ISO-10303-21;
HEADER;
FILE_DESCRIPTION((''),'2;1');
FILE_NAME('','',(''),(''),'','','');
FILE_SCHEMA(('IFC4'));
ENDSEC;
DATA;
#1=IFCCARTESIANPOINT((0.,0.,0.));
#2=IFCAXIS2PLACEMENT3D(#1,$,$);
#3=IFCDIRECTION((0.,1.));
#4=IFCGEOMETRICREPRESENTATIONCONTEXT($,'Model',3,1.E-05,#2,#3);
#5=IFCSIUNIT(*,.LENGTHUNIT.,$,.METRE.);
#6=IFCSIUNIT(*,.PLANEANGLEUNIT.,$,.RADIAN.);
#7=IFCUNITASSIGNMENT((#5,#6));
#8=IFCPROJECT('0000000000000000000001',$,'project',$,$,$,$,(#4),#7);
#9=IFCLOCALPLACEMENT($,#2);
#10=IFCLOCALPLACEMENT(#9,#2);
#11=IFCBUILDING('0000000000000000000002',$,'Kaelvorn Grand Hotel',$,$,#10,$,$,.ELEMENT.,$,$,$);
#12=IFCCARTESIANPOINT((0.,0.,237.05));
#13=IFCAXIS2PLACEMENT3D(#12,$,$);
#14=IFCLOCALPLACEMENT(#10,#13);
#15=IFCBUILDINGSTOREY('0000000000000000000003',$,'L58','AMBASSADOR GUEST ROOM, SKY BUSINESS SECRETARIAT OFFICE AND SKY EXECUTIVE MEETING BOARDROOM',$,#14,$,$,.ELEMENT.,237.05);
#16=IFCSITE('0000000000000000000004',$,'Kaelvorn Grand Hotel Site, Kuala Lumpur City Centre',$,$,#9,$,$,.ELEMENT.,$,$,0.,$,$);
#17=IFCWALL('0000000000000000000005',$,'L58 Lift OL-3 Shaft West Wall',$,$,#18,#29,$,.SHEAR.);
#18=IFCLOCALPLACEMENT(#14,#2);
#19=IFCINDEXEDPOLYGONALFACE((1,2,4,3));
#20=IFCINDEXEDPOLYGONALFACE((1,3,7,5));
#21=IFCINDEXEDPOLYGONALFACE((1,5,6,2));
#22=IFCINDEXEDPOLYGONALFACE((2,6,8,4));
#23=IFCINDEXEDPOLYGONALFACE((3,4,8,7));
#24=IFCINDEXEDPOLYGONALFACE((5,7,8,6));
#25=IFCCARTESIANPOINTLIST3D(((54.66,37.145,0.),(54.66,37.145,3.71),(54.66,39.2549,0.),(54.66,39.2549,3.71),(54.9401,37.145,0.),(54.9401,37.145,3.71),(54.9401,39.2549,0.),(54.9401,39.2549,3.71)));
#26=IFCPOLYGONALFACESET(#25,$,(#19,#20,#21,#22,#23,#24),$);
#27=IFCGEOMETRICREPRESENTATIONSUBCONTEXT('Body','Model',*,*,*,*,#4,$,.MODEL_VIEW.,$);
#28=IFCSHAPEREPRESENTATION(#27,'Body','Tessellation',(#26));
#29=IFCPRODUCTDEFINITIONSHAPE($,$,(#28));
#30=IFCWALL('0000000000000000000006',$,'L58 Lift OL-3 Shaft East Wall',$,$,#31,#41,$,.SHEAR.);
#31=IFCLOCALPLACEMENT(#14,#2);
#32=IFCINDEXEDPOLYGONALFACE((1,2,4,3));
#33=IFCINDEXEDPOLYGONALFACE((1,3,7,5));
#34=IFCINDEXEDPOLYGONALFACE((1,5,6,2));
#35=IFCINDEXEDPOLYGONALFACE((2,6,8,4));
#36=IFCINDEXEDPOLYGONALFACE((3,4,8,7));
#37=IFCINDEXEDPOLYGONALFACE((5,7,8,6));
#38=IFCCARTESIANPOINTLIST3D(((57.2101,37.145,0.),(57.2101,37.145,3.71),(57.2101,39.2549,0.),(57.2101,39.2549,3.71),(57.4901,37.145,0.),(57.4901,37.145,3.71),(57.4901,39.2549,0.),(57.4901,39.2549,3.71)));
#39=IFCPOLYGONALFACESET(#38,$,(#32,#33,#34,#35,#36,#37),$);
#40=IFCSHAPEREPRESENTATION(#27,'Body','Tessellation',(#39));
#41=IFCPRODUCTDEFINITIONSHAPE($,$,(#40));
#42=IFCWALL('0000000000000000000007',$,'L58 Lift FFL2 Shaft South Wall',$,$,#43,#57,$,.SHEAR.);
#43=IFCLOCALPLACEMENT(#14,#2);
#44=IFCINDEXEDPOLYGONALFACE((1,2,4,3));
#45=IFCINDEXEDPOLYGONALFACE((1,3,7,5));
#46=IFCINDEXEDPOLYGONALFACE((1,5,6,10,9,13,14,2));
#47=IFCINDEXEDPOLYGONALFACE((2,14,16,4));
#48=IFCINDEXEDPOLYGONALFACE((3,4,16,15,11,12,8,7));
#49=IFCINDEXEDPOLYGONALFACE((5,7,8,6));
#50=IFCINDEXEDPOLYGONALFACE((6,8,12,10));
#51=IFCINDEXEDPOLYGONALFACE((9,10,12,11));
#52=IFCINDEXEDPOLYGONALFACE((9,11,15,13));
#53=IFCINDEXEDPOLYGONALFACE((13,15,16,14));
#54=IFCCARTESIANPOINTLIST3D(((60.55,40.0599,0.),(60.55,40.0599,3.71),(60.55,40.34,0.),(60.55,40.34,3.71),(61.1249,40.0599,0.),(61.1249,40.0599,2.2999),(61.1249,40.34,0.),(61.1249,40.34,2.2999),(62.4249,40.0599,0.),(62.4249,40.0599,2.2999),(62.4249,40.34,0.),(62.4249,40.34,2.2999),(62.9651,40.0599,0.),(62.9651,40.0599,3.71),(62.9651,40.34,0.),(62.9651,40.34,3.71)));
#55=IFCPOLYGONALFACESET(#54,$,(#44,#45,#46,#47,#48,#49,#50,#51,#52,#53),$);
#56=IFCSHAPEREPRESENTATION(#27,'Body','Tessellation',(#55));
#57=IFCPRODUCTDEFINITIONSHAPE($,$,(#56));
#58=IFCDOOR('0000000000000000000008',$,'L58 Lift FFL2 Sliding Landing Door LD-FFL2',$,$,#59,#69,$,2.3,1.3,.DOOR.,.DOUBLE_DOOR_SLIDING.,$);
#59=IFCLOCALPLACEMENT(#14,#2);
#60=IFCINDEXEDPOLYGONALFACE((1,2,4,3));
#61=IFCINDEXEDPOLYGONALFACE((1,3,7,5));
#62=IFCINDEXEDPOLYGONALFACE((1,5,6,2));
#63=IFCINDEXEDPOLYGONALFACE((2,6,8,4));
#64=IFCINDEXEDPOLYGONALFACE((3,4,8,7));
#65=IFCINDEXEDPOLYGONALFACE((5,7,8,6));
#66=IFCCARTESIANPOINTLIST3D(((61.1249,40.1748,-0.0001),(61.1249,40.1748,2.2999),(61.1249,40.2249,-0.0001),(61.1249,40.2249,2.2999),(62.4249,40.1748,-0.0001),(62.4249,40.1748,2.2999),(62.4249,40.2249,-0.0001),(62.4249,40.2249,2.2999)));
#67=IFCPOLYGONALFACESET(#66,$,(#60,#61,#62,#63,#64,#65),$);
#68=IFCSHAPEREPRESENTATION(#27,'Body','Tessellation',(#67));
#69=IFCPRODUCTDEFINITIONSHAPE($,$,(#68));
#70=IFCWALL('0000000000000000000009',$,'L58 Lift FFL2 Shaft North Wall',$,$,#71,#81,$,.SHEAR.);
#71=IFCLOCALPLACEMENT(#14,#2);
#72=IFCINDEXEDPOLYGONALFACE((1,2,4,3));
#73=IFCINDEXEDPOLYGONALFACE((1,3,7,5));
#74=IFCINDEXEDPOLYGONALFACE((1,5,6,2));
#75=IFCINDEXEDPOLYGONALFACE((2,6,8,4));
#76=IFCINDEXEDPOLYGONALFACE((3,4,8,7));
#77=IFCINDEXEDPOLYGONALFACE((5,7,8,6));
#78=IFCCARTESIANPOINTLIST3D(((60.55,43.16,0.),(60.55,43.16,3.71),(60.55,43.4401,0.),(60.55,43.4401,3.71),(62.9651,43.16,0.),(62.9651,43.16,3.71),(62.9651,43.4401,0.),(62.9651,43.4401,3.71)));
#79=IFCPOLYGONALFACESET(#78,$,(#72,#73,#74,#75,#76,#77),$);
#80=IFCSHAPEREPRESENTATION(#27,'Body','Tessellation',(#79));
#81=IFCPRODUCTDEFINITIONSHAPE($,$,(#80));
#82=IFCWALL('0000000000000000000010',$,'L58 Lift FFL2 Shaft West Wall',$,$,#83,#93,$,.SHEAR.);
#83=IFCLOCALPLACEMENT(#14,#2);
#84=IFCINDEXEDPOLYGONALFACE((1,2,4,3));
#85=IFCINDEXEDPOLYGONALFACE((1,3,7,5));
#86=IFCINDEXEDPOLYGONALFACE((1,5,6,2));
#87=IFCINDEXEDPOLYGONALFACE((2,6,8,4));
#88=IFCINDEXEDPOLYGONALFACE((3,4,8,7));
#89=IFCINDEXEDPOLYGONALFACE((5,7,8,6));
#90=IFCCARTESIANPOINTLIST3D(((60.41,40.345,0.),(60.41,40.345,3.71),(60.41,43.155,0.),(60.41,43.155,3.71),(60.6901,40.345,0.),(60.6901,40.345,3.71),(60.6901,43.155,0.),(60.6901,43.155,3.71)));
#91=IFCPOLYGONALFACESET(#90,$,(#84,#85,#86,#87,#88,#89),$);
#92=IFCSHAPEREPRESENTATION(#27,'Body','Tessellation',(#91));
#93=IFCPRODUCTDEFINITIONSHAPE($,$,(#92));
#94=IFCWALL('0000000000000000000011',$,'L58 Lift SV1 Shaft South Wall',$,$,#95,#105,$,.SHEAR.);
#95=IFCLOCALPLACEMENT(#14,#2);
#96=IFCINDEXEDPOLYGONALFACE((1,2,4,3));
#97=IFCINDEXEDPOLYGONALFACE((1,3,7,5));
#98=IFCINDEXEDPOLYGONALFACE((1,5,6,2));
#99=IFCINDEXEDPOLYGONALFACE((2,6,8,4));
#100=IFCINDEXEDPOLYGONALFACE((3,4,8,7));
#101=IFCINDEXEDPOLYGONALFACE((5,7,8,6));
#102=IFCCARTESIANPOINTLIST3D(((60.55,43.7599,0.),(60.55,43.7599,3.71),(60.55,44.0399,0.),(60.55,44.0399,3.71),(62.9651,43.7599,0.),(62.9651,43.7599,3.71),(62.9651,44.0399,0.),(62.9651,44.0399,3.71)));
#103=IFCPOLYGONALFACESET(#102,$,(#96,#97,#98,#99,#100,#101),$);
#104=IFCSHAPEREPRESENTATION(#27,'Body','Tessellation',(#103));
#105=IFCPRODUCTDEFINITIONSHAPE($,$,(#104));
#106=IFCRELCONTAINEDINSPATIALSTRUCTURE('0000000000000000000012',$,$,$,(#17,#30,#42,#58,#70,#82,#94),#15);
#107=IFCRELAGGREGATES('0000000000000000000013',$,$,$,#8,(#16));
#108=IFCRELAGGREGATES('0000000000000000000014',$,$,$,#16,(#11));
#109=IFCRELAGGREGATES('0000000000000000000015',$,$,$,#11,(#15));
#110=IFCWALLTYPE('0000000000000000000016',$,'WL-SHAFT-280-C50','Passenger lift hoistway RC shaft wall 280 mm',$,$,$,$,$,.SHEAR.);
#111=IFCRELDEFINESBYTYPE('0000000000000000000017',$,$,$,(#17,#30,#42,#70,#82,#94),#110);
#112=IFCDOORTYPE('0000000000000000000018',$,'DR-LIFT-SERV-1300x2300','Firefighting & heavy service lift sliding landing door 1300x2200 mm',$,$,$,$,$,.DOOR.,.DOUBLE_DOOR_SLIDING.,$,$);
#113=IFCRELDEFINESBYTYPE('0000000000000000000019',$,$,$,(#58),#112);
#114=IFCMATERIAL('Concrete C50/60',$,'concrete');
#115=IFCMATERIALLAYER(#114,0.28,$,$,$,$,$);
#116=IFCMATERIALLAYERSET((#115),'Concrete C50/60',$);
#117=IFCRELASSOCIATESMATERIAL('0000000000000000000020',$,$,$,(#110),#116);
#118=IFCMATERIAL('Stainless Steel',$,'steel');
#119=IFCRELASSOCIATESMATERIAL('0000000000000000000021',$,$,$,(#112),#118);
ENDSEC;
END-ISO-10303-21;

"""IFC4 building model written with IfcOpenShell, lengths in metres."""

from ifc_helpers import new_model, si_unit, direction, frame, frame_2d, origin, place, context, subcontext, project, spatial, rectangle, extrude, material, layer, layer_set, type_object, element, fill, save


model = new_model("IFC4")

# Units and contexts
model_context = context("Model", 3, precision=1e-05, world=origin(), true_north=direction((0.0, 1.0)))
body_context = subcontext(model_context, "Body", "Model", "MODEL_VIEW")
ifc_project = project(units=[si_unit("LENGTHUNIT", "METRE"), si_unit("PLANEANGLEUNIT", "RADIAN")], contexts=[model_context])

# Site, building, storey
site_placement = place(None, origin())
site = spatial("IfcSite", under=ifc_project, at=site_placement, Name="Kaelvorn Grand Hotel Site, Kuala Lumpur City Centre", CompositionType="ELEMENT", RefElevation=0.0)
building_placement = place(site_placement, origin())
building = spatial("IfcBuilding", under=site, at=building_placement, Name="Kaelvorn Grand Hotel", CompositionType="ELEMENT")
storey_placement = place(building_placement, frame((0.0, 0.0, 237.05)))
storey = spatial("IfcBuildingStorey", under=building, at=storey_placement, Name="L58", Description="AMBASSADOR GUEST ROOM, SKY BUSINESS SECRETARIAT OFFICE AND SKY EXECUTIVE MEETING BOARDROOM", CompositionType="ELEMENT", Elevation=237.05)

# Shared definitions
ifc_material_1 = material(Name="Concrete C50/60", Category="concrete")

# Walls
ifc_layer_1 = layer(ifc_material_1, 0.28)
ifc_layer_set_1 = layer_set([ifc_layer_1], Name="Concrete C50/60")
wall_type_1 = type_object("IfcWallType", Name="WL-SHAFT-280-C50", Description="Passenger lift hoistway RC shaft wall 280 mm", PredefinedType="SHEAR", material=ifc_layer_set_1)
for number, where, z_axis, x_axis, name in (
    (1, (54.8, 37.145, 0.0), (0.0, 0.0, 1.0), (0.0, 1.0, 0.0), "L58 Lift OL-3 Shaft West Wall"),
    (2, (57.3501, 37.145, 0.0), (0.0, 0.0, 1.0), (0.0, 1.0, 0.0), "L58 Lift OL-3 Shaft East Wall"),
):
    element("IfcWall", number, at=place(storey_placement, frame(where, z_axis=z_axis, x_axis=x_axis)), inside=storey, type_object=wall_type_1, Name=name, PredefinedType="SHEAR", context=body_context, shape_type="SweptSolid", body=[
        extrude(rectangle(XDim=2.1099, YDim=0.28, at=frame_2d((1.0549, 0.0))), origin(), (0.0, 0.0, 1.0), 3.71),
    ])

# Wall, opening, door
wall_1_placement = place(storey_placement, frame((60.55, 40.2, 0.0), z_axis=(0.0, 0.0, 1.0), x_axis=(1.0, 0.0, 0.0)))
wall_1 = element("IfcWall", 3, at=wall_1_placement, inside=storey, type_object=wall_type_1, Name="L58 Lift FFL2 Shaft South Wall", PredefinedType="SHEAR", context=body_context, shape_type="SweptSolid", body=[
    extrude(rectangle(XDim=2.415, YDim=0.28, at=frame_2d((1.2075, 0.0))), origin(), (0.0, 0.0, 1.0), 3.71),
])
opening_1_placement = place(wall_1_placement, frame((0.575, 0.0, 0.0)))
opening_1 = element("IfcOpeningElement", 4, at=opening_1_placement, cuts=wall_1, PredefinedType="OPENING", context=body_context, shape_type="SweptSolid", body=[
    extrude(rectangle(XDim=1.3, YDim=2.3, at=frame_2d((0.6499, 1.1499))), frame((0.0, 0.1499, 0.0), z_axis=(0.0, -1.0, 0.0), x_axis=(1.0, 0.0, 0.0)), (0.0, 0.0, 1.0), 0.3),
])
ifc_material_2 = material(Name="Stainless Steel", Category="steel")
door_type_1 = type_object("IfcDoorType", Name="DR-LIFT-SERV-1300x2300", Description="Firefighting & heavy service lift sliding landing door 1300x2200 mm", OperationType="DOUBLE_DOOR_SLIDING", PredefinedType="DOOR", material=ifc_material_2)
door_1_placement = place(opening_1_placement, origin())
door_1 = element("IfcDoor", 5, at=door_1_placement, inside=storey, type_object=door_type_1, Name="L58 Lift FFL2 Sliding Landing Door LD-FFL2", OperationType="DOUBLE_DOOR_SLIDING", OverallHeight=2.3, OverallWidth=1.3, PredefinedType="DOOR", context=body_context, shape_type="SweptSolid", body=[
    extrude(rectangle(XDim=1.3, YDim=2.3, at=frame_2d((0.6499, 1.1499))), frame((0.0, 0.0249, 0.0), z_axis=(0.0, -1.0, 0.0), x_axis=(1.0, 0.0, 0.0)), (0.0, 0.0, 1.0), 0.05),
])
fill(opening_1, door_1)

# Walls
wall_2_placement = place(storey_placement, frame((60.55, 43.3, 0.0), z_axis=(0.0, 0.0, 1.0), x_axis=(1.0, 0.0, 0.0)))
element("IfcWall", 6, at=wall_2_placement, inside=storey, type_object=wall_type_1, Name="L58 Lift FFL2 Shaft North Wall", PredefinedType="SHEAR", context=body_context, shape_type="SweptSolid", body=[
    extrude(rectangle(XDim=2.415, YDim=0.28, at=frame_2d((1.2075, 0.0))), origin(), (0.0, 0.0, 1.0), 3.71),
])
wall_3_placement = place(storey_placement, frame((60.55, 40.345, 0.0), z_axis=(0.0, 0.0, 1.0), x_axis=(0.0, 1.0, 0.0)))
element("IfcWall", 7, at=wall_3_placement, inside=storey, type_object=wall_type_1, Name="L58 Lift FFL2 Shaft West Wall", PredefinedType="SHEAR", context=body_context, shape_type="SweptSolid", body=[
    extrude(rectangle(XDim=2.8101, YDim=0.28, at=frame_2d((1.405, 0.0))), origin(), (0.0, 0.0, 1.0), 3.71),
])
wall_4_placement = place(storey_placement, frame((60.55, 43.8999, 0.0), z_axis=(0.0, 0.0, 1.0), x_axis=(1.0, 0.0, 0.0)))
element("IfcWall", 8, at=wall_4_placement, inside=storey, type_object=wall_type_1, Name="L58 Lift SV1 Shaft South Wall", PredefinedType="SHEAR", context=body_context, shape_type="SweptSolid", body=[
    extrude(rectangle(XDim=2.415, YDim=0.28, at=frame_2d((1.2075, 0.0))), origin(), (0.0, 0.0, 1.0), 3.71),
])

save(model, "model.ifc")
